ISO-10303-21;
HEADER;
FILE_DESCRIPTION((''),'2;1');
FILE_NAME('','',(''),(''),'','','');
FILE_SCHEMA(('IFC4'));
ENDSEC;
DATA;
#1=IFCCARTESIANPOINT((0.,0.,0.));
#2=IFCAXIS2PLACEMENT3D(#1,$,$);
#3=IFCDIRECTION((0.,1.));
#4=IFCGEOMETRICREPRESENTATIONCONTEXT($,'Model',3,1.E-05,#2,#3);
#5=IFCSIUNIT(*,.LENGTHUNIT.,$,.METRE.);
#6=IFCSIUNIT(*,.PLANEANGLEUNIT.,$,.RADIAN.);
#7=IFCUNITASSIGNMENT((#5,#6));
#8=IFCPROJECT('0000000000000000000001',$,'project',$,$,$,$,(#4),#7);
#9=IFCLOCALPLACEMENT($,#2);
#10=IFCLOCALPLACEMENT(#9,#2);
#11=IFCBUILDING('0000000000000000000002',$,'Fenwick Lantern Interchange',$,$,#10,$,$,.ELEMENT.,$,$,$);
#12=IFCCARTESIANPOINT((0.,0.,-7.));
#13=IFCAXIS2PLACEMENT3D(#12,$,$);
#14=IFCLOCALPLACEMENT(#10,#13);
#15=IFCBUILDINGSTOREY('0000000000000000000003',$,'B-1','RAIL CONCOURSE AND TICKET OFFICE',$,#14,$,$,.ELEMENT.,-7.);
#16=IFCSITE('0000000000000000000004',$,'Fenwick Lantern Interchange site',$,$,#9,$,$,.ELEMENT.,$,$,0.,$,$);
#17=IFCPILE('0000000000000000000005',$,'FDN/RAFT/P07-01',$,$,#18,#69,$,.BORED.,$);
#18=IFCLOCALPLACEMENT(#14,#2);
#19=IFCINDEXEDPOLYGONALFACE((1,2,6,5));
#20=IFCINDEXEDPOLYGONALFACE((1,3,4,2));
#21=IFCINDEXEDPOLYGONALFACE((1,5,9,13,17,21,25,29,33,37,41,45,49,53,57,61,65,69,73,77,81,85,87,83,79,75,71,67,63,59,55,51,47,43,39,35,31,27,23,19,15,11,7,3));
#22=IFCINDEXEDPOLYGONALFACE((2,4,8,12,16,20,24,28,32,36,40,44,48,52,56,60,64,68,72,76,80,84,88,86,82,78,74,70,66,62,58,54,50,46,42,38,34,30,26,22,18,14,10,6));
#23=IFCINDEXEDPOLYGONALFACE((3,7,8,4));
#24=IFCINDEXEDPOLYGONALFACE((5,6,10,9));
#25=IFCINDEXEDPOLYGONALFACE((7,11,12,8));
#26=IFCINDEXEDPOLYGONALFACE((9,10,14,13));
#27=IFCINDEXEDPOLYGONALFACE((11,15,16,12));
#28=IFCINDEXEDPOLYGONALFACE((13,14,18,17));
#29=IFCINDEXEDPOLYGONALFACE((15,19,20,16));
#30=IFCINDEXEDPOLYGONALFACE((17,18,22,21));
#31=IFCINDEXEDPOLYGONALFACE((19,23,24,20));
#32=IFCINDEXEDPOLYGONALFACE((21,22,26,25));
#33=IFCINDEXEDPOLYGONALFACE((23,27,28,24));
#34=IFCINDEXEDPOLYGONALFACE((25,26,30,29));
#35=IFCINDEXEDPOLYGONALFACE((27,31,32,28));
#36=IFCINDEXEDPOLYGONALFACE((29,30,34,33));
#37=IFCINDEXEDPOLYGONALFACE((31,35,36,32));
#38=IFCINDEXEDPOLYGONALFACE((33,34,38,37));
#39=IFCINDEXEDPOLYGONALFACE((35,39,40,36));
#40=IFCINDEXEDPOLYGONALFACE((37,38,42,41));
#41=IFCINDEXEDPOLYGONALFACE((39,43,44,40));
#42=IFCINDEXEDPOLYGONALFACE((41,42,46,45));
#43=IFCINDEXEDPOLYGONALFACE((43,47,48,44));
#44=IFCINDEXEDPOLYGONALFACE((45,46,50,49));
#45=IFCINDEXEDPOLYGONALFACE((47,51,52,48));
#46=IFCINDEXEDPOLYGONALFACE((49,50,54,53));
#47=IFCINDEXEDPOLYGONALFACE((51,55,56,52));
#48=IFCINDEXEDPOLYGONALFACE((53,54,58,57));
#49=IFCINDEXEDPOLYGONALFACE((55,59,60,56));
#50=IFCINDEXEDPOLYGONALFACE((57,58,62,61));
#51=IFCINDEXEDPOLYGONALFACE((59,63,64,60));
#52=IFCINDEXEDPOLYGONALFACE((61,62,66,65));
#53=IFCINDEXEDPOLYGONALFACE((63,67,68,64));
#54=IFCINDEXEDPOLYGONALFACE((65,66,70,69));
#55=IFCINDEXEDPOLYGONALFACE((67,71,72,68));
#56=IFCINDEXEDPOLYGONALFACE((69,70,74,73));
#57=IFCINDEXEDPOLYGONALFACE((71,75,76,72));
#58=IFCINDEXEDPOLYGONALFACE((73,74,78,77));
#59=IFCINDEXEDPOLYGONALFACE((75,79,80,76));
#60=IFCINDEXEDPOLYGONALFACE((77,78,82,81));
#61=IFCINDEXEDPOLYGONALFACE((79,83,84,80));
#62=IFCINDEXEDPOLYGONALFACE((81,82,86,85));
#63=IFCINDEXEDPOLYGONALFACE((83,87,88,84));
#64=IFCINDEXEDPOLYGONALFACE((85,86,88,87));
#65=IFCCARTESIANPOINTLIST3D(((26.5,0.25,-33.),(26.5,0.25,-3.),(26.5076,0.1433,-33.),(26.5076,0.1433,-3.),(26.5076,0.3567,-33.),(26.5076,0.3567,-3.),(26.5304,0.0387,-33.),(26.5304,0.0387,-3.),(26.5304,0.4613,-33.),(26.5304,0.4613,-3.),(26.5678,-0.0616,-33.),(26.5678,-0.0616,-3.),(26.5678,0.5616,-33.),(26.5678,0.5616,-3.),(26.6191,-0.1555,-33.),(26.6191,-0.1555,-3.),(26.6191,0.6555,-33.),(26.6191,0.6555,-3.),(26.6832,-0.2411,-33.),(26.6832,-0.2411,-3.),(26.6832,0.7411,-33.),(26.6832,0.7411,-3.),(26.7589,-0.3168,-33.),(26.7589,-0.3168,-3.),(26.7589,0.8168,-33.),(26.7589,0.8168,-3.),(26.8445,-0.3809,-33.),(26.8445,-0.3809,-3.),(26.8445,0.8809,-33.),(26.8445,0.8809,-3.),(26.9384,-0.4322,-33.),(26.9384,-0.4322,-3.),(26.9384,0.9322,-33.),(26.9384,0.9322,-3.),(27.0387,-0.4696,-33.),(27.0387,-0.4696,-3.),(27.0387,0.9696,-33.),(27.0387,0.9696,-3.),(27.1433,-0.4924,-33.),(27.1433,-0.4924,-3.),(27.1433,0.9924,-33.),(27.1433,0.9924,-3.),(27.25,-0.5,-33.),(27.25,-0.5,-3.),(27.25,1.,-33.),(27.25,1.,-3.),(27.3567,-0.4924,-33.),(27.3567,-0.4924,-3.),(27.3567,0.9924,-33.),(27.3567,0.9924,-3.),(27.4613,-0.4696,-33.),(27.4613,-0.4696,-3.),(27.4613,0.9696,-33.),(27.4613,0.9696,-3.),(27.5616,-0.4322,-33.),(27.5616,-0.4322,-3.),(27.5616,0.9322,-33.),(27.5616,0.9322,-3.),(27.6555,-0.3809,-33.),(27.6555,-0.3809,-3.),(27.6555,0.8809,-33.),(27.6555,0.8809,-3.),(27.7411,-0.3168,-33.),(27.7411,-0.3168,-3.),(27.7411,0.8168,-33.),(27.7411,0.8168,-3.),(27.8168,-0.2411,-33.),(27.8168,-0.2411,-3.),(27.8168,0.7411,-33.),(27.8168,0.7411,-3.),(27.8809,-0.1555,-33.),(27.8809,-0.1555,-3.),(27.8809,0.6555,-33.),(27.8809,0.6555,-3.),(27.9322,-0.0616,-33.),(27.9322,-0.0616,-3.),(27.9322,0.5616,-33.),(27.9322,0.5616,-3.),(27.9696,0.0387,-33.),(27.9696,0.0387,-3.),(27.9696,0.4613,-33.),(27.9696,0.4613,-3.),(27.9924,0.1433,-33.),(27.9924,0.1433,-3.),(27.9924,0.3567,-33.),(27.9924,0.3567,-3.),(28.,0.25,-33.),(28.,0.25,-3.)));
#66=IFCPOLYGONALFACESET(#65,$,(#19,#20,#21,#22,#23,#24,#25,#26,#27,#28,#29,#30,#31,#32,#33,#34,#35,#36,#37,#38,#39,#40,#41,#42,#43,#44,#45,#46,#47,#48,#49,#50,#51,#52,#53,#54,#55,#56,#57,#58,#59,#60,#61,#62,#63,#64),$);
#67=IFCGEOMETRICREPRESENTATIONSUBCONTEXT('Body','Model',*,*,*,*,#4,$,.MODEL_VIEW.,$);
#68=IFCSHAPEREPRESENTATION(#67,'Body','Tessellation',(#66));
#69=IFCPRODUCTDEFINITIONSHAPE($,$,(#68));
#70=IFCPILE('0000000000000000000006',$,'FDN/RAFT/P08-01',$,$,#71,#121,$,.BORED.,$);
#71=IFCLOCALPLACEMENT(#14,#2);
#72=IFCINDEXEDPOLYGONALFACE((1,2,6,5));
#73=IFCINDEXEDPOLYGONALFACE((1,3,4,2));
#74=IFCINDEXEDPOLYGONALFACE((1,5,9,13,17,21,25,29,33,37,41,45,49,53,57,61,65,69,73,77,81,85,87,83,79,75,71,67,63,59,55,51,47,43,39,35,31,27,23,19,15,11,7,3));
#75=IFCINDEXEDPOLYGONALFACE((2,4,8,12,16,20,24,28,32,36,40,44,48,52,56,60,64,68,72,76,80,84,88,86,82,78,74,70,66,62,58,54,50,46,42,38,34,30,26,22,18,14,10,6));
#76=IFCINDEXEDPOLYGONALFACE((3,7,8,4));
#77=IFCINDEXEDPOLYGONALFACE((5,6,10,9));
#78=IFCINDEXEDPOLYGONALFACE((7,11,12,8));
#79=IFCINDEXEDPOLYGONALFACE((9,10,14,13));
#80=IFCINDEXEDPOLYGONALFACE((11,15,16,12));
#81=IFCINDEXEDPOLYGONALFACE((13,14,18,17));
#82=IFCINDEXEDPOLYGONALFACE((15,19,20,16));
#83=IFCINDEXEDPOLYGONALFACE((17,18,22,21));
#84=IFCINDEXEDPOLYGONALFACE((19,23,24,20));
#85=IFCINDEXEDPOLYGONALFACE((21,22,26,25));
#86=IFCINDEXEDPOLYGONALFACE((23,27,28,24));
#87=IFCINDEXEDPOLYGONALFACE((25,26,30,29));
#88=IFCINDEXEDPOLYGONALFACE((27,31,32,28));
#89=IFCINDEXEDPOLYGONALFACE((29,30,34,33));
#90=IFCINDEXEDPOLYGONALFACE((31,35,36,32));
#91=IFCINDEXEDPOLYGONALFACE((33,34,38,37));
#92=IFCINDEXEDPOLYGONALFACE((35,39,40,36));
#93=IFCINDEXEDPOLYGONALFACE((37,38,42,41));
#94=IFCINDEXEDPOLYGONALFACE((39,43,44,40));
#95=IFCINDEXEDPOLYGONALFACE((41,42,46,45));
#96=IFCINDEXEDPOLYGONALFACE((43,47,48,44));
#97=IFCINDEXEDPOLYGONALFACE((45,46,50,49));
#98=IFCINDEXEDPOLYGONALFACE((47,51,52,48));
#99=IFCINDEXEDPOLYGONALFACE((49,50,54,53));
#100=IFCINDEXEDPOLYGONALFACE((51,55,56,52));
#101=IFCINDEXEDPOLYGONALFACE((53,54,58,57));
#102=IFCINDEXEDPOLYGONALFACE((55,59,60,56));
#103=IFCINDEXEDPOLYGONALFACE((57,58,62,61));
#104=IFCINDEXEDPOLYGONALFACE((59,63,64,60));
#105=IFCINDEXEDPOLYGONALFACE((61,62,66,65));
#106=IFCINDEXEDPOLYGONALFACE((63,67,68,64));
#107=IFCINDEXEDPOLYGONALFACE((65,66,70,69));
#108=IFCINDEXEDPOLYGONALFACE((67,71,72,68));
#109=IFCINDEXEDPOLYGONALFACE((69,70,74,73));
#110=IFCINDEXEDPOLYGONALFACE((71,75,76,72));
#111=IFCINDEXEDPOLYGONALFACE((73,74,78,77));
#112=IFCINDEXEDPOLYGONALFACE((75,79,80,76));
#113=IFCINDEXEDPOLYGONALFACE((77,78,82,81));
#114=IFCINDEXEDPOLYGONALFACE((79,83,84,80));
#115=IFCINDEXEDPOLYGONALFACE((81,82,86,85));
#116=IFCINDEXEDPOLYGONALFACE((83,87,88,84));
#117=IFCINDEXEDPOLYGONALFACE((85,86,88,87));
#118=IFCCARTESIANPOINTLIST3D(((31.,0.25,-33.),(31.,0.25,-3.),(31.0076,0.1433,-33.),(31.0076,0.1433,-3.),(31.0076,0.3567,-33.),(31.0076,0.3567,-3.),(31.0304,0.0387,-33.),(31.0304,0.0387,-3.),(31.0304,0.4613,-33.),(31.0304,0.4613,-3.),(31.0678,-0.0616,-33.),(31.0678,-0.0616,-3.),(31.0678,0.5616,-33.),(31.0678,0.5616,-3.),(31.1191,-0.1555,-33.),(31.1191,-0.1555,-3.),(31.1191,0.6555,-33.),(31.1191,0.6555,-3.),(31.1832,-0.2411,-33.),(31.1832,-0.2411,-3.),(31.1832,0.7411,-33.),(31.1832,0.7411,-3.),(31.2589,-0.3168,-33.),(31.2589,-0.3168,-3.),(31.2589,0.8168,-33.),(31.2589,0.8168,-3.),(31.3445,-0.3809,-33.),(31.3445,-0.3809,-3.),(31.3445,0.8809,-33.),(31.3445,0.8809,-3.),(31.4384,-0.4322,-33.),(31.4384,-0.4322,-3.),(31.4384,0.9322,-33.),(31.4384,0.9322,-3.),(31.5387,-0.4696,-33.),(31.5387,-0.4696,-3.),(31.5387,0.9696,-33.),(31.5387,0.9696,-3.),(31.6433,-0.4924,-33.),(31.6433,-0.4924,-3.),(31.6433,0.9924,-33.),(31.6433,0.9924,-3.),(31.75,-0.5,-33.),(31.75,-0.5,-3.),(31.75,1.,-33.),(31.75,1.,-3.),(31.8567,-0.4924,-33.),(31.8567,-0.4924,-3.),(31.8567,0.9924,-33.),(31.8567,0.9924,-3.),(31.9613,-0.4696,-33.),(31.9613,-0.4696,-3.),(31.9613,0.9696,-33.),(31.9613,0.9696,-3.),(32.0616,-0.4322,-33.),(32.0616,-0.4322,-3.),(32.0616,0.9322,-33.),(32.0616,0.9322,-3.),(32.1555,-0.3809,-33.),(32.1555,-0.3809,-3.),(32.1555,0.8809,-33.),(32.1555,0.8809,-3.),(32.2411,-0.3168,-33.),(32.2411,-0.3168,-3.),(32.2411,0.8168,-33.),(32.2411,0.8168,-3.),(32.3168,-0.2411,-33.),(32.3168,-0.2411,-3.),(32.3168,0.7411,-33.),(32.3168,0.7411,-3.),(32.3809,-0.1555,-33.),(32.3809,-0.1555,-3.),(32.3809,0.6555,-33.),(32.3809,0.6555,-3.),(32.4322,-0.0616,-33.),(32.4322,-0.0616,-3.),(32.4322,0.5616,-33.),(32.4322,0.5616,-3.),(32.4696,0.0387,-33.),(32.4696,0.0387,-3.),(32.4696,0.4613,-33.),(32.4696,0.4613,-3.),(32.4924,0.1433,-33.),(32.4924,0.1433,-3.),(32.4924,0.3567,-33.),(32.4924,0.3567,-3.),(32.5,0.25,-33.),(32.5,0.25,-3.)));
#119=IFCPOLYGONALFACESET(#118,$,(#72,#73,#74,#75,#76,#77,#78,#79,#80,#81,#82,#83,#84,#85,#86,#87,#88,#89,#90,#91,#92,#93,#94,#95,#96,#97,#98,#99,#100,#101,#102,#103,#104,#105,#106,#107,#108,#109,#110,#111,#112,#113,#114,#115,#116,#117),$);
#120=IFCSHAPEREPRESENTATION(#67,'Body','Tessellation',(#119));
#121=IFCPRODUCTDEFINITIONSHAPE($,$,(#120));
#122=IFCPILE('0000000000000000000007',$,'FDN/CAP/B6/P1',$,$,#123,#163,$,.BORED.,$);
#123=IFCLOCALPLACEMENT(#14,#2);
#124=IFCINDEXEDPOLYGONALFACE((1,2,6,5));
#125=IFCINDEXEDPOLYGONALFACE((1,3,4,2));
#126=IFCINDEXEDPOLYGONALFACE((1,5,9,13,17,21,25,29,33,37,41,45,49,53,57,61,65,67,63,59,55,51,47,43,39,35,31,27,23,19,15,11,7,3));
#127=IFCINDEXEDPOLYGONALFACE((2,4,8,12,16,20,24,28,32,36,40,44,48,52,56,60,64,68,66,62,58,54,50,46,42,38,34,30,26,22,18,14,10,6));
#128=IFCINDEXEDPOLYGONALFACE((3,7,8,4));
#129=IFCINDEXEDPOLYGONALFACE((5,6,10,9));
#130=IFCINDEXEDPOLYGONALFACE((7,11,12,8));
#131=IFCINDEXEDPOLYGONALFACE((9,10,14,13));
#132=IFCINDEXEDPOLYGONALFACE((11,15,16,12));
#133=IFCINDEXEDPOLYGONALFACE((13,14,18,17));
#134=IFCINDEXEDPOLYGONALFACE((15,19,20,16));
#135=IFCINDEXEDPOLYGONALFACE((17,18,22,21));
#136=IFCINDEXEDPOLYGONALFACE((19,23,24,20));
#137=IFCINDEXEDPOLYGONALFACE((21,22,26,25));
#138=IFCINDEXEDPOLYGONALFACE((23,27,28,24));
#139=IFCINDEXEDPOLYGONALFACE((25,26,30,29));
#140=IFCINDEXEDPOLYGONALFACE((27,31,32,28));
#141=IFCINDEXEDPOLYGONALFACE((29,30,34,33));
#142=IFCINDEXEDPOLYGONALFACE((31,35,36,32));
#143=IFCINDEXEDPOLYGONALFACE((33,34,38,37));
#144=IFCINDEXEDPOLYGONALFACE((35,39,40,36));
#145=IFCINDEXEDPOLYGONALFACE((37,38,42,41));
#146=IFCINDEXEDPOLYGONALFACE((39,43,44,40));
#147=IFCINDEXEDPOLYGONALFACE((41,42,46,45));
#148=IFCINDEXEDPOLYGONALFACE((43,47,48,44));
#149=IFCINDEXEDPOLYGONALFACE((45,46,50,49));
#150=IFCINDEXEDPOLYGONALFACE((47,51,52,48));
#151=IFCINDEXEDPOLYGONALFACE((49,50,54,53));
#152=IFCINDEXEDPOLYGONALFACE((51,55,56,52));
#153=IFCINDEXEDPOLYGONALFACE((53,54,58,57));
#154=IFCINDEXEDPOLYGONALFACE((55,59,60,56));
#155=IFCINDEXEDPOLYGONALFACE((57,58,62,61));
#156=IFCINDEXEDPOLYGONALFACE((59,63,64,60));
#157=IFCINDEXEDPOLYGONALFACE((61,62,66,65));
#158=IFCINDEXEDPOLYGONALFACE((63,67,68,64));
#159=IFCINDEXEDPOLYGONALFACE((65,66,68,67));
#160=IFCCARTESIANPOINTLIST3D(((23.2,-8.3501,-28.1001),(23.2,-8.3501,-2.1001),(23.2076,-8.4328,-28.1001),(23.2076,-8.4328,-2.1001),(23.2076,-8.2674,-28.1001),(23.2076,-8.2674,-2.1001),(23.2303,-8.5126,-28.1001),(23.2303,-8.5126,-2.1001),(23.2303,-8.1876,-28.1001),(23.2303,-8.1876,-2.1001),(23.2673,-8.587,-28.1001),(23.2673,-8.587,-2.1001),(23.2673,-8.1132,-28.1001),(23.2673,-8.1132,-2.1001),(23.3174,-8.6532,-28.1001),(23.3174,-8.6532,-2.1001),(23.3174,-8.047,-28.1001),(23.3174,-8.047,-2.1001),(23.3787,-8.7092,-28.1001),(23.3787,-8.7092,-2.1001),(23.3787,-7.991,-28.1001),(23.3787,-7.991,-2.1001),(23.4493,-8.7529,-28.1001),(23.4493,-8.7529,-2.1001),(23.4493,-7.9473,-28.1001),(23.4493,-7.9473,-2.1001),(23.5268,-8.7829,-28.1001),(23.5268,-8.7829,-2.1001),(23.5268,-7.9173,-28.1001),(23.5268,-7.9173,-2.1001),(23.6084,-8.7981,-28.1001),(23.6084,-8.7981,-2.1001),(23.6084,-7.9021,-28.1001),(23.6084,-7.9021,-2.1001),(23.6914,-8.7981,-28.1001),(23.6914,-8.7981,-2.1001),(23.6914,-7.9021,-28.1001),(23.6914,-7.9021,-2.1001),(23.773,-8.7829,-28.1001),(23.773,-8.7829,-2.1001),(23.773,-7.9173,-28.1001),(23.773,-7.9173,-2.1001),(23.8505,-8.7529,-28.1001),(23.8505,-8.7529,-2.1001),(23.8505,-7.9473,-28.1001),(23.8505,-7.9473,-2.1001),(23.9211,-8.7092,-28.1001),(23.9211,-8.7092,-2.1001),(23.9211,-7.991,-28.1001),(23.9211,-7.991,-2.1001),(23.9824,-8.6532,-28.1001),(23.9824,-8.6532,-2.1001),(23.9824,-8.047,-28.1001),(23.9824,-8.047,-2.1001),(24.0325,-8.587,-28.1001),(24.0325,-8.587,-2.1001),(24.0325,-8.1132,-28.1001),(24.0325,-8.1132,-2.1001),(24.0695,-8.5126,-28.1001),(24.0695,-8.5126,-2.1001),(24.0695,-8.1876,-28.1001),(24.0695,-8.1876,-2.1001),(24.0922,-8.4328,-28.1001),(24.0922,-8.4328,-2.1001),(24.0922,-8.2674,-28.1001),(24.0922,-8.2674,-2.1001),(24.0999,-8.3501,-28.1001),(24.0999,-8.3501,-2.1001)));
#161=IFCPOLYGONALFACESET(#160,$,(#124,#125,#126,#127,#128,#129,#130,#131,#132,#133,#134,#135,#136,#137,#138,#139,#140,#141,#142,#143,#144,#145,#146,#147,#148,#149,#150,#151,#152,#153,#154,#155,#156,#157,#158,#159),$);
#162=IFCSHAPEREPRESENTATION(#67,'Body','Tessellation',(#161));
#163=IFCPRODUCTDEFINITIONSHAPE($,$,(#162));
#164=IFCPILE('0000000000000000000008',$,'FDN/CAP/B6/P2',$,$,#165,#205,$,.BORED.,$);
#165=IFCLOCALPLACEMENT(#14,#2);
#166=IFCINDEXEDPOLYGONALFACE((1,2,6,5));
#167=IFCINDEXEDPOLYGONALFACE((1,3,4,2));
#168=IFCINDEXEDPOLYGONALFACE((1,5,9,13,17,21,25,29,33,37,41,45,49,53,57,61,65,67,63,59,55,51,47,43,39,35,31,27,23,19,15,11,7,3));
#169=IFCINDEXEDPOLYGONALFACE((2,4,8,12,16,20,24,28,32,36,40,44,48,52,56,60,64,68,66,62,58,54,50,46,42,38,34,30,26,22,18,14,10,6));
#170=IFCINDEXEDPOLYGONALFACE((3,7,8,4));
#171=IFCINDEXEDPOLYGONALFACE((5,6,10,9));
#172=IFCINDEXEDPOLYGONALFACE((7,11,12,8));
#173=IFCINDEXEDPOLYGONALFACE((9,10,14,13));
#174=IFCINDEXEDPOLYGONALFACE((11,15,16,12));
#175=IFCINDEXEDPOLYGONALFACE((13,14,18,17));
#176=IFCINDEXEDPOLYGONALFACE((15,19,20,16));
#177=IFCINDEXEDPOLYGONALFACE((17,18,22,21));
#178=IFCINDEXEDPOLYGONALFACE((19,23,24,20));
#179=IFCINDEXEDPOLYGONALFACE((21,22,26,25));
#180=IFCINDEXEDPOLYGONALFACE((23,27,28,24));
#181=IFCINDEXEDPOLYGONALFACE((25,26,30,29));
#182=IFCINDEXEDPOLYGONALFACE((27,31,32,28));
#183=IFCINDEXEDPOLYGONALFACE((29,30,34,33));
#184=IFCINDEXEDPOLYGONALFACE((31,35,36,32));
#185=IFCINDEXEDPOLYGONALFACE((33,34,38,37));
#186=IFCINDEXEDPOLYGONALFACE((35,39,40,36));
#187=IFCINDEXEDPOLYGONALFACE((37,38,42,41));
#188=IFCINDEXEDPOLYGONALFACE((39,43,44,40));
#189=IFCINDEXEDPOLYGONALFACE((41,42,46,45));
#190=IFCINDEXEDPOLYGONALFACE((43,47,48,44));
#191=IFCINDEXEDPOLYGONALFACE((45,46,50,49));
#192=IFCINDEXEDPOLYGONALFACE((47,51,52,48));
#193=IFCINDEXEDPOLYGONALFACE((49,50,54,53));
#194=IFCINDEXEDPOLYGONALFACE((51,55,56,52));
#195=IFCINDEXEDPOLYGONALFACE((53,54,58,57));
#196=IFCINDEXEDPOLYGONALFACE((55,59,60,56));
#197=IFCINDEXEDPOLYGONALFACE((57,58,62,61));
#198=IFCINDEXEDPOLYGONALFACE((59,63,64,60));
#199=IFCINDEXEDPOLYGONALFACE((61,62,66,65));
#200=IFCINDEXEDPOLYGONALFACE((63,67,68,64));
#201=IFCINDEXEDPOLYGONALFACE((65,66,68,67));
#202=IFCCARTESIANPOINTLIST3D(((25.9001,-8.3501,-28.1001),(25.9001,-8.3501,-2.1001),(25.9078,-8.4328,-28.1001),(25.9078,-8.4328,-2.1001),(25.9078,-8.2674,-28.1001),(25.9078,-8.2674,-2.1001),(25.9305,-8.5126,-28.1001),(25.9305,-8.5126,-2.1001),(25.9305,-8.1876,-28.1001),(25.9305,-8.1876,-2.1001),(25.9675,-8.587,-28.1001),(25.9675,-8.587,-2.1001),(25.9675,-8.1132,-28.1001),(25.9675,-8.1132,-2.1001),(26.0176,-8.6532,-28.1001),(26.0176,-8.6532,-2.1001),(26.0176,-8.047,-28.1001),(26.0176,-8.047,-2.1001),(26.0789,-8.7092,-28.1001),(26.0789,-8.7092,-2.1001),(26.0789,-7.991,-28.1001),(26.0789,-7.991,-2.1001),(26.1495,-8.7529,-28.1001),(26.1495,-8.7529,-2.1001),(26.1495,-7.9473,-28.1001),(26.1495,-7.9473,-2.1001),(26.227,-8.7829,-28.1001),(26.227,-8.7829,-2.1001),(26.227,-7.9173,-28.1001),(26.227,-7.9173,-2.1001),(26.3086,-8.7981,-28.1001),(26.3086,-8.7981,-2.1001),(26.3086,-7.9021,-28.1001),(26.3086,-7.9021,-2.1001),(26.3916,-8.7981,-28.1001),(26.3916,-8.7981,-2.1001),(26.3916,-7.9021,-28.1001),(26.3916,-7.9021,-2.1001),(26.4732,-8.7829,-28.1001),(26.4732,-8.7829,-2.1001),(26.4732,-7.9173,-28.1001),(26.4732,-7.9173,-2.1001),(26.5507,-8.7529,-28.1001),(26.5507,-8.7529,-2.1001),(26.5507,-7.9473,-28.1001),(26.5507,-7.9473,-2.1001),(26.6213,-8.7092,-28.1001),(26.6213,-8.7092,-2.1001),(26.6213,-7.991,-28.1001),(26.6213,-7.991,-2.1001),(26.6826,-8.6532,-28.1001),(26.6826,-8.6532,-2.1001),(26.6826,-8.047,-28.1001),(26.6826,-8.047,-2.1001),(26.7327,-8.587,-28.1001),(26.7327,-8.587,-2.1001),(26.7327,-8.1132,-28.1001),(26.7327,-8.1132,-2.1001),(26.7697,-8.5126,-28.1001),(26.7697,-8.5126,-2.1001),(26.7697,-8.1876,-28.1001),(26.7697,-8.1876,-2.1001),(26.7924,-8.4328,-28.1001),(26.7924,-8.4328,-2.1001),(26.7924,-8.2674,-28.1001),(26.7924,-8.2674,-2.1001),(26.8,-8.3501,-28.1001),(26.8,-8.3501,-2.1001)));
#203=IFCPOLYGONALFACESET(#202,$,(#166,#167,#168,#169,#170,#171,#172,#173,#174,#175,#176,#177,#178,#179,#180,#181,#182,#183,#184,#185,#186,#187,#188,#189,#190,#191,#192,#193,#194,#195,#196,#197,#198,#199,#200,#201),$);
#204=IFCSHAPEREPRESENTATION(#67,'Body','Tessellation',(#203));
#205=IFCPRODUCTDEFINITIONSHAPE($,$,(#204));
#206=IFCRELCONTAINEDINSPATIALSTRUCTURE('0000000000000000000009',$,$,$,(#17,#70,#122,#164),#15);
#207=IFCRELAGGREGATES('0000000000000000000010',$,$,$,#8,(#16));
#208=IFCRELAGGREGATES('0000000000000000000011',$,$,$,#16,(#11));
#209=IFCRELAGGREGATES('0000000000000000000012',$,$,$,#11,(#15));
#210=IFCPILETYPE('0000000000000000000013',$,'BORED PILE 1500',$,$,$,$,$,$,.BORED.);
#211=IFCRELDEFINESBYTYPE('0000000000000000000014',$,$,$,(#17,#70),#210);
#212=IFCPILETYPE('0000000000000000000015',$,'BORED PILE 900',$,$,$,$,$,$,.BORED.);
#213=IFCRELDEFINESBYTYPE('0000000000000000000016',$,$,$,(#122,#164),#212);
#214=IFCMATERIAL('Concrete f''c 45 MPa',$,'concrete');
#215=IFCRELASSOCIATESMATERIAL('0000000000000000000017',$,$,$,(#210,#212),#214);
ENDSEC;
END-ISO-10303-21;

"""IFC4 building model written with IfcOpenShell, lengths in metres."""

from ifc_helpers import new_model, si_unit, direction, frame, origin, origin_2d, place, context, subcontext, project, spatial, circle, extrude, material, type_object, element, save


model = new_model("IFC4")

# Units and contexts
model_context = context("Model", 3, precision=1e-05, world=origin(), true_north=direction((0.0, 1.0)))
body_context = subcontext(model_context, "Body", "Model", "MODEL_VIEW")
ifc_project = project(units=[si_unit("LENGTHUNIT", "METRE"), si_unit("PLANEANGLEUNIT", "RADIAN")], contexts=[model_context])

# Site, building, storey
site_placement = place(None, origin())
site = spatial("IfcSite", under=ifc_project, at=site_placement, Name="Fenwick Lantern Interchange site", CompositionType="ELEMENT", RefElevation=0.0)
building_placement = place(site_placement, origin())
building = spatial("IfcBuilding", under=site, at=building_placement, Name="Fenwick Lantern Interchange", CompositionType="ELEMENT")
storey_placement = place(building_placement, frame((0.0, 0.0, -7.0)))
storey = spatial("IfcBuildingStorey", under=building, at=storey_placement, Name="B-1", Description="RAIL CONCOURSE AND TICKET OFFICE", CompositionType="ELEMENT", Elevation=-7.0)

# Piles
ifc_material_1 = material(Name="Concrete f'c 45 MPa", Category="concrete")
pile_type_1 = type_object("IfcPileType", Name="BORED PILE 1500", PredefinedType="BORED", material=ifc_material_1)
for number, where, z_axis, x_axis, name in (
    (1, (27.25, 0.25, -3.0), (0.0, 0.0, -1.0), (1.0, 0.0, 0.0), "FDN/RAFT/P07-01"),
    (2, (31.75, 0.25, -3.0), (0.0, 0.0, -1.0), (1.0, 0.0, 0.0), "FDN/RAFT/P08-01"),
):
    element("IfcPile", number, at=place(storey_placement, frame(where, z_axis=z_axis, x_axis=x_axis)), inside=storey, type_object=pile_type_1, Name=name, PredefinedType="BORED", context=body_context, shape_type="SweptSolid", body=[
        extrude(circle(Radius=0.75, at=origin_2d()), origin(), (0.0, 0.0, 1.0), 30.0),
    ])
pile_type_2 = type_object("IfcPileType", Name="BORED PILE 900", PredefinedType="BORED", material=ifc_material_1)
for number, where, z_axis, x_axis, name in (
    (3, (23.6499, -8.3501, -2.1001), (0.0, 0.0, -1.0), (1.0, 0.0, 0.0), "FDN/CAP/B6/P1"),
    (4, (26.3501, -8.3501, -2.1001), (0.0, 0.0, -1.0), (1.0, 0.0, 0.0), "FDN/CAP/B6/P2"),
):
    element("IfcPile", number, at=place(storey_placement, frame(where, z_axis=z_axis, x_axis=x_axis)), inside=storey, type_object=pile_type_2, Name=name, PredefinedType="BORED", context=body_context, shape_type="SweptSolid", body=[
        extrude(circle(Radius=0.45, at=origin_2d()), origin(), (0.0, 0.0, 1.0), 26.0),
    ])

save(model, "model.ifc")
